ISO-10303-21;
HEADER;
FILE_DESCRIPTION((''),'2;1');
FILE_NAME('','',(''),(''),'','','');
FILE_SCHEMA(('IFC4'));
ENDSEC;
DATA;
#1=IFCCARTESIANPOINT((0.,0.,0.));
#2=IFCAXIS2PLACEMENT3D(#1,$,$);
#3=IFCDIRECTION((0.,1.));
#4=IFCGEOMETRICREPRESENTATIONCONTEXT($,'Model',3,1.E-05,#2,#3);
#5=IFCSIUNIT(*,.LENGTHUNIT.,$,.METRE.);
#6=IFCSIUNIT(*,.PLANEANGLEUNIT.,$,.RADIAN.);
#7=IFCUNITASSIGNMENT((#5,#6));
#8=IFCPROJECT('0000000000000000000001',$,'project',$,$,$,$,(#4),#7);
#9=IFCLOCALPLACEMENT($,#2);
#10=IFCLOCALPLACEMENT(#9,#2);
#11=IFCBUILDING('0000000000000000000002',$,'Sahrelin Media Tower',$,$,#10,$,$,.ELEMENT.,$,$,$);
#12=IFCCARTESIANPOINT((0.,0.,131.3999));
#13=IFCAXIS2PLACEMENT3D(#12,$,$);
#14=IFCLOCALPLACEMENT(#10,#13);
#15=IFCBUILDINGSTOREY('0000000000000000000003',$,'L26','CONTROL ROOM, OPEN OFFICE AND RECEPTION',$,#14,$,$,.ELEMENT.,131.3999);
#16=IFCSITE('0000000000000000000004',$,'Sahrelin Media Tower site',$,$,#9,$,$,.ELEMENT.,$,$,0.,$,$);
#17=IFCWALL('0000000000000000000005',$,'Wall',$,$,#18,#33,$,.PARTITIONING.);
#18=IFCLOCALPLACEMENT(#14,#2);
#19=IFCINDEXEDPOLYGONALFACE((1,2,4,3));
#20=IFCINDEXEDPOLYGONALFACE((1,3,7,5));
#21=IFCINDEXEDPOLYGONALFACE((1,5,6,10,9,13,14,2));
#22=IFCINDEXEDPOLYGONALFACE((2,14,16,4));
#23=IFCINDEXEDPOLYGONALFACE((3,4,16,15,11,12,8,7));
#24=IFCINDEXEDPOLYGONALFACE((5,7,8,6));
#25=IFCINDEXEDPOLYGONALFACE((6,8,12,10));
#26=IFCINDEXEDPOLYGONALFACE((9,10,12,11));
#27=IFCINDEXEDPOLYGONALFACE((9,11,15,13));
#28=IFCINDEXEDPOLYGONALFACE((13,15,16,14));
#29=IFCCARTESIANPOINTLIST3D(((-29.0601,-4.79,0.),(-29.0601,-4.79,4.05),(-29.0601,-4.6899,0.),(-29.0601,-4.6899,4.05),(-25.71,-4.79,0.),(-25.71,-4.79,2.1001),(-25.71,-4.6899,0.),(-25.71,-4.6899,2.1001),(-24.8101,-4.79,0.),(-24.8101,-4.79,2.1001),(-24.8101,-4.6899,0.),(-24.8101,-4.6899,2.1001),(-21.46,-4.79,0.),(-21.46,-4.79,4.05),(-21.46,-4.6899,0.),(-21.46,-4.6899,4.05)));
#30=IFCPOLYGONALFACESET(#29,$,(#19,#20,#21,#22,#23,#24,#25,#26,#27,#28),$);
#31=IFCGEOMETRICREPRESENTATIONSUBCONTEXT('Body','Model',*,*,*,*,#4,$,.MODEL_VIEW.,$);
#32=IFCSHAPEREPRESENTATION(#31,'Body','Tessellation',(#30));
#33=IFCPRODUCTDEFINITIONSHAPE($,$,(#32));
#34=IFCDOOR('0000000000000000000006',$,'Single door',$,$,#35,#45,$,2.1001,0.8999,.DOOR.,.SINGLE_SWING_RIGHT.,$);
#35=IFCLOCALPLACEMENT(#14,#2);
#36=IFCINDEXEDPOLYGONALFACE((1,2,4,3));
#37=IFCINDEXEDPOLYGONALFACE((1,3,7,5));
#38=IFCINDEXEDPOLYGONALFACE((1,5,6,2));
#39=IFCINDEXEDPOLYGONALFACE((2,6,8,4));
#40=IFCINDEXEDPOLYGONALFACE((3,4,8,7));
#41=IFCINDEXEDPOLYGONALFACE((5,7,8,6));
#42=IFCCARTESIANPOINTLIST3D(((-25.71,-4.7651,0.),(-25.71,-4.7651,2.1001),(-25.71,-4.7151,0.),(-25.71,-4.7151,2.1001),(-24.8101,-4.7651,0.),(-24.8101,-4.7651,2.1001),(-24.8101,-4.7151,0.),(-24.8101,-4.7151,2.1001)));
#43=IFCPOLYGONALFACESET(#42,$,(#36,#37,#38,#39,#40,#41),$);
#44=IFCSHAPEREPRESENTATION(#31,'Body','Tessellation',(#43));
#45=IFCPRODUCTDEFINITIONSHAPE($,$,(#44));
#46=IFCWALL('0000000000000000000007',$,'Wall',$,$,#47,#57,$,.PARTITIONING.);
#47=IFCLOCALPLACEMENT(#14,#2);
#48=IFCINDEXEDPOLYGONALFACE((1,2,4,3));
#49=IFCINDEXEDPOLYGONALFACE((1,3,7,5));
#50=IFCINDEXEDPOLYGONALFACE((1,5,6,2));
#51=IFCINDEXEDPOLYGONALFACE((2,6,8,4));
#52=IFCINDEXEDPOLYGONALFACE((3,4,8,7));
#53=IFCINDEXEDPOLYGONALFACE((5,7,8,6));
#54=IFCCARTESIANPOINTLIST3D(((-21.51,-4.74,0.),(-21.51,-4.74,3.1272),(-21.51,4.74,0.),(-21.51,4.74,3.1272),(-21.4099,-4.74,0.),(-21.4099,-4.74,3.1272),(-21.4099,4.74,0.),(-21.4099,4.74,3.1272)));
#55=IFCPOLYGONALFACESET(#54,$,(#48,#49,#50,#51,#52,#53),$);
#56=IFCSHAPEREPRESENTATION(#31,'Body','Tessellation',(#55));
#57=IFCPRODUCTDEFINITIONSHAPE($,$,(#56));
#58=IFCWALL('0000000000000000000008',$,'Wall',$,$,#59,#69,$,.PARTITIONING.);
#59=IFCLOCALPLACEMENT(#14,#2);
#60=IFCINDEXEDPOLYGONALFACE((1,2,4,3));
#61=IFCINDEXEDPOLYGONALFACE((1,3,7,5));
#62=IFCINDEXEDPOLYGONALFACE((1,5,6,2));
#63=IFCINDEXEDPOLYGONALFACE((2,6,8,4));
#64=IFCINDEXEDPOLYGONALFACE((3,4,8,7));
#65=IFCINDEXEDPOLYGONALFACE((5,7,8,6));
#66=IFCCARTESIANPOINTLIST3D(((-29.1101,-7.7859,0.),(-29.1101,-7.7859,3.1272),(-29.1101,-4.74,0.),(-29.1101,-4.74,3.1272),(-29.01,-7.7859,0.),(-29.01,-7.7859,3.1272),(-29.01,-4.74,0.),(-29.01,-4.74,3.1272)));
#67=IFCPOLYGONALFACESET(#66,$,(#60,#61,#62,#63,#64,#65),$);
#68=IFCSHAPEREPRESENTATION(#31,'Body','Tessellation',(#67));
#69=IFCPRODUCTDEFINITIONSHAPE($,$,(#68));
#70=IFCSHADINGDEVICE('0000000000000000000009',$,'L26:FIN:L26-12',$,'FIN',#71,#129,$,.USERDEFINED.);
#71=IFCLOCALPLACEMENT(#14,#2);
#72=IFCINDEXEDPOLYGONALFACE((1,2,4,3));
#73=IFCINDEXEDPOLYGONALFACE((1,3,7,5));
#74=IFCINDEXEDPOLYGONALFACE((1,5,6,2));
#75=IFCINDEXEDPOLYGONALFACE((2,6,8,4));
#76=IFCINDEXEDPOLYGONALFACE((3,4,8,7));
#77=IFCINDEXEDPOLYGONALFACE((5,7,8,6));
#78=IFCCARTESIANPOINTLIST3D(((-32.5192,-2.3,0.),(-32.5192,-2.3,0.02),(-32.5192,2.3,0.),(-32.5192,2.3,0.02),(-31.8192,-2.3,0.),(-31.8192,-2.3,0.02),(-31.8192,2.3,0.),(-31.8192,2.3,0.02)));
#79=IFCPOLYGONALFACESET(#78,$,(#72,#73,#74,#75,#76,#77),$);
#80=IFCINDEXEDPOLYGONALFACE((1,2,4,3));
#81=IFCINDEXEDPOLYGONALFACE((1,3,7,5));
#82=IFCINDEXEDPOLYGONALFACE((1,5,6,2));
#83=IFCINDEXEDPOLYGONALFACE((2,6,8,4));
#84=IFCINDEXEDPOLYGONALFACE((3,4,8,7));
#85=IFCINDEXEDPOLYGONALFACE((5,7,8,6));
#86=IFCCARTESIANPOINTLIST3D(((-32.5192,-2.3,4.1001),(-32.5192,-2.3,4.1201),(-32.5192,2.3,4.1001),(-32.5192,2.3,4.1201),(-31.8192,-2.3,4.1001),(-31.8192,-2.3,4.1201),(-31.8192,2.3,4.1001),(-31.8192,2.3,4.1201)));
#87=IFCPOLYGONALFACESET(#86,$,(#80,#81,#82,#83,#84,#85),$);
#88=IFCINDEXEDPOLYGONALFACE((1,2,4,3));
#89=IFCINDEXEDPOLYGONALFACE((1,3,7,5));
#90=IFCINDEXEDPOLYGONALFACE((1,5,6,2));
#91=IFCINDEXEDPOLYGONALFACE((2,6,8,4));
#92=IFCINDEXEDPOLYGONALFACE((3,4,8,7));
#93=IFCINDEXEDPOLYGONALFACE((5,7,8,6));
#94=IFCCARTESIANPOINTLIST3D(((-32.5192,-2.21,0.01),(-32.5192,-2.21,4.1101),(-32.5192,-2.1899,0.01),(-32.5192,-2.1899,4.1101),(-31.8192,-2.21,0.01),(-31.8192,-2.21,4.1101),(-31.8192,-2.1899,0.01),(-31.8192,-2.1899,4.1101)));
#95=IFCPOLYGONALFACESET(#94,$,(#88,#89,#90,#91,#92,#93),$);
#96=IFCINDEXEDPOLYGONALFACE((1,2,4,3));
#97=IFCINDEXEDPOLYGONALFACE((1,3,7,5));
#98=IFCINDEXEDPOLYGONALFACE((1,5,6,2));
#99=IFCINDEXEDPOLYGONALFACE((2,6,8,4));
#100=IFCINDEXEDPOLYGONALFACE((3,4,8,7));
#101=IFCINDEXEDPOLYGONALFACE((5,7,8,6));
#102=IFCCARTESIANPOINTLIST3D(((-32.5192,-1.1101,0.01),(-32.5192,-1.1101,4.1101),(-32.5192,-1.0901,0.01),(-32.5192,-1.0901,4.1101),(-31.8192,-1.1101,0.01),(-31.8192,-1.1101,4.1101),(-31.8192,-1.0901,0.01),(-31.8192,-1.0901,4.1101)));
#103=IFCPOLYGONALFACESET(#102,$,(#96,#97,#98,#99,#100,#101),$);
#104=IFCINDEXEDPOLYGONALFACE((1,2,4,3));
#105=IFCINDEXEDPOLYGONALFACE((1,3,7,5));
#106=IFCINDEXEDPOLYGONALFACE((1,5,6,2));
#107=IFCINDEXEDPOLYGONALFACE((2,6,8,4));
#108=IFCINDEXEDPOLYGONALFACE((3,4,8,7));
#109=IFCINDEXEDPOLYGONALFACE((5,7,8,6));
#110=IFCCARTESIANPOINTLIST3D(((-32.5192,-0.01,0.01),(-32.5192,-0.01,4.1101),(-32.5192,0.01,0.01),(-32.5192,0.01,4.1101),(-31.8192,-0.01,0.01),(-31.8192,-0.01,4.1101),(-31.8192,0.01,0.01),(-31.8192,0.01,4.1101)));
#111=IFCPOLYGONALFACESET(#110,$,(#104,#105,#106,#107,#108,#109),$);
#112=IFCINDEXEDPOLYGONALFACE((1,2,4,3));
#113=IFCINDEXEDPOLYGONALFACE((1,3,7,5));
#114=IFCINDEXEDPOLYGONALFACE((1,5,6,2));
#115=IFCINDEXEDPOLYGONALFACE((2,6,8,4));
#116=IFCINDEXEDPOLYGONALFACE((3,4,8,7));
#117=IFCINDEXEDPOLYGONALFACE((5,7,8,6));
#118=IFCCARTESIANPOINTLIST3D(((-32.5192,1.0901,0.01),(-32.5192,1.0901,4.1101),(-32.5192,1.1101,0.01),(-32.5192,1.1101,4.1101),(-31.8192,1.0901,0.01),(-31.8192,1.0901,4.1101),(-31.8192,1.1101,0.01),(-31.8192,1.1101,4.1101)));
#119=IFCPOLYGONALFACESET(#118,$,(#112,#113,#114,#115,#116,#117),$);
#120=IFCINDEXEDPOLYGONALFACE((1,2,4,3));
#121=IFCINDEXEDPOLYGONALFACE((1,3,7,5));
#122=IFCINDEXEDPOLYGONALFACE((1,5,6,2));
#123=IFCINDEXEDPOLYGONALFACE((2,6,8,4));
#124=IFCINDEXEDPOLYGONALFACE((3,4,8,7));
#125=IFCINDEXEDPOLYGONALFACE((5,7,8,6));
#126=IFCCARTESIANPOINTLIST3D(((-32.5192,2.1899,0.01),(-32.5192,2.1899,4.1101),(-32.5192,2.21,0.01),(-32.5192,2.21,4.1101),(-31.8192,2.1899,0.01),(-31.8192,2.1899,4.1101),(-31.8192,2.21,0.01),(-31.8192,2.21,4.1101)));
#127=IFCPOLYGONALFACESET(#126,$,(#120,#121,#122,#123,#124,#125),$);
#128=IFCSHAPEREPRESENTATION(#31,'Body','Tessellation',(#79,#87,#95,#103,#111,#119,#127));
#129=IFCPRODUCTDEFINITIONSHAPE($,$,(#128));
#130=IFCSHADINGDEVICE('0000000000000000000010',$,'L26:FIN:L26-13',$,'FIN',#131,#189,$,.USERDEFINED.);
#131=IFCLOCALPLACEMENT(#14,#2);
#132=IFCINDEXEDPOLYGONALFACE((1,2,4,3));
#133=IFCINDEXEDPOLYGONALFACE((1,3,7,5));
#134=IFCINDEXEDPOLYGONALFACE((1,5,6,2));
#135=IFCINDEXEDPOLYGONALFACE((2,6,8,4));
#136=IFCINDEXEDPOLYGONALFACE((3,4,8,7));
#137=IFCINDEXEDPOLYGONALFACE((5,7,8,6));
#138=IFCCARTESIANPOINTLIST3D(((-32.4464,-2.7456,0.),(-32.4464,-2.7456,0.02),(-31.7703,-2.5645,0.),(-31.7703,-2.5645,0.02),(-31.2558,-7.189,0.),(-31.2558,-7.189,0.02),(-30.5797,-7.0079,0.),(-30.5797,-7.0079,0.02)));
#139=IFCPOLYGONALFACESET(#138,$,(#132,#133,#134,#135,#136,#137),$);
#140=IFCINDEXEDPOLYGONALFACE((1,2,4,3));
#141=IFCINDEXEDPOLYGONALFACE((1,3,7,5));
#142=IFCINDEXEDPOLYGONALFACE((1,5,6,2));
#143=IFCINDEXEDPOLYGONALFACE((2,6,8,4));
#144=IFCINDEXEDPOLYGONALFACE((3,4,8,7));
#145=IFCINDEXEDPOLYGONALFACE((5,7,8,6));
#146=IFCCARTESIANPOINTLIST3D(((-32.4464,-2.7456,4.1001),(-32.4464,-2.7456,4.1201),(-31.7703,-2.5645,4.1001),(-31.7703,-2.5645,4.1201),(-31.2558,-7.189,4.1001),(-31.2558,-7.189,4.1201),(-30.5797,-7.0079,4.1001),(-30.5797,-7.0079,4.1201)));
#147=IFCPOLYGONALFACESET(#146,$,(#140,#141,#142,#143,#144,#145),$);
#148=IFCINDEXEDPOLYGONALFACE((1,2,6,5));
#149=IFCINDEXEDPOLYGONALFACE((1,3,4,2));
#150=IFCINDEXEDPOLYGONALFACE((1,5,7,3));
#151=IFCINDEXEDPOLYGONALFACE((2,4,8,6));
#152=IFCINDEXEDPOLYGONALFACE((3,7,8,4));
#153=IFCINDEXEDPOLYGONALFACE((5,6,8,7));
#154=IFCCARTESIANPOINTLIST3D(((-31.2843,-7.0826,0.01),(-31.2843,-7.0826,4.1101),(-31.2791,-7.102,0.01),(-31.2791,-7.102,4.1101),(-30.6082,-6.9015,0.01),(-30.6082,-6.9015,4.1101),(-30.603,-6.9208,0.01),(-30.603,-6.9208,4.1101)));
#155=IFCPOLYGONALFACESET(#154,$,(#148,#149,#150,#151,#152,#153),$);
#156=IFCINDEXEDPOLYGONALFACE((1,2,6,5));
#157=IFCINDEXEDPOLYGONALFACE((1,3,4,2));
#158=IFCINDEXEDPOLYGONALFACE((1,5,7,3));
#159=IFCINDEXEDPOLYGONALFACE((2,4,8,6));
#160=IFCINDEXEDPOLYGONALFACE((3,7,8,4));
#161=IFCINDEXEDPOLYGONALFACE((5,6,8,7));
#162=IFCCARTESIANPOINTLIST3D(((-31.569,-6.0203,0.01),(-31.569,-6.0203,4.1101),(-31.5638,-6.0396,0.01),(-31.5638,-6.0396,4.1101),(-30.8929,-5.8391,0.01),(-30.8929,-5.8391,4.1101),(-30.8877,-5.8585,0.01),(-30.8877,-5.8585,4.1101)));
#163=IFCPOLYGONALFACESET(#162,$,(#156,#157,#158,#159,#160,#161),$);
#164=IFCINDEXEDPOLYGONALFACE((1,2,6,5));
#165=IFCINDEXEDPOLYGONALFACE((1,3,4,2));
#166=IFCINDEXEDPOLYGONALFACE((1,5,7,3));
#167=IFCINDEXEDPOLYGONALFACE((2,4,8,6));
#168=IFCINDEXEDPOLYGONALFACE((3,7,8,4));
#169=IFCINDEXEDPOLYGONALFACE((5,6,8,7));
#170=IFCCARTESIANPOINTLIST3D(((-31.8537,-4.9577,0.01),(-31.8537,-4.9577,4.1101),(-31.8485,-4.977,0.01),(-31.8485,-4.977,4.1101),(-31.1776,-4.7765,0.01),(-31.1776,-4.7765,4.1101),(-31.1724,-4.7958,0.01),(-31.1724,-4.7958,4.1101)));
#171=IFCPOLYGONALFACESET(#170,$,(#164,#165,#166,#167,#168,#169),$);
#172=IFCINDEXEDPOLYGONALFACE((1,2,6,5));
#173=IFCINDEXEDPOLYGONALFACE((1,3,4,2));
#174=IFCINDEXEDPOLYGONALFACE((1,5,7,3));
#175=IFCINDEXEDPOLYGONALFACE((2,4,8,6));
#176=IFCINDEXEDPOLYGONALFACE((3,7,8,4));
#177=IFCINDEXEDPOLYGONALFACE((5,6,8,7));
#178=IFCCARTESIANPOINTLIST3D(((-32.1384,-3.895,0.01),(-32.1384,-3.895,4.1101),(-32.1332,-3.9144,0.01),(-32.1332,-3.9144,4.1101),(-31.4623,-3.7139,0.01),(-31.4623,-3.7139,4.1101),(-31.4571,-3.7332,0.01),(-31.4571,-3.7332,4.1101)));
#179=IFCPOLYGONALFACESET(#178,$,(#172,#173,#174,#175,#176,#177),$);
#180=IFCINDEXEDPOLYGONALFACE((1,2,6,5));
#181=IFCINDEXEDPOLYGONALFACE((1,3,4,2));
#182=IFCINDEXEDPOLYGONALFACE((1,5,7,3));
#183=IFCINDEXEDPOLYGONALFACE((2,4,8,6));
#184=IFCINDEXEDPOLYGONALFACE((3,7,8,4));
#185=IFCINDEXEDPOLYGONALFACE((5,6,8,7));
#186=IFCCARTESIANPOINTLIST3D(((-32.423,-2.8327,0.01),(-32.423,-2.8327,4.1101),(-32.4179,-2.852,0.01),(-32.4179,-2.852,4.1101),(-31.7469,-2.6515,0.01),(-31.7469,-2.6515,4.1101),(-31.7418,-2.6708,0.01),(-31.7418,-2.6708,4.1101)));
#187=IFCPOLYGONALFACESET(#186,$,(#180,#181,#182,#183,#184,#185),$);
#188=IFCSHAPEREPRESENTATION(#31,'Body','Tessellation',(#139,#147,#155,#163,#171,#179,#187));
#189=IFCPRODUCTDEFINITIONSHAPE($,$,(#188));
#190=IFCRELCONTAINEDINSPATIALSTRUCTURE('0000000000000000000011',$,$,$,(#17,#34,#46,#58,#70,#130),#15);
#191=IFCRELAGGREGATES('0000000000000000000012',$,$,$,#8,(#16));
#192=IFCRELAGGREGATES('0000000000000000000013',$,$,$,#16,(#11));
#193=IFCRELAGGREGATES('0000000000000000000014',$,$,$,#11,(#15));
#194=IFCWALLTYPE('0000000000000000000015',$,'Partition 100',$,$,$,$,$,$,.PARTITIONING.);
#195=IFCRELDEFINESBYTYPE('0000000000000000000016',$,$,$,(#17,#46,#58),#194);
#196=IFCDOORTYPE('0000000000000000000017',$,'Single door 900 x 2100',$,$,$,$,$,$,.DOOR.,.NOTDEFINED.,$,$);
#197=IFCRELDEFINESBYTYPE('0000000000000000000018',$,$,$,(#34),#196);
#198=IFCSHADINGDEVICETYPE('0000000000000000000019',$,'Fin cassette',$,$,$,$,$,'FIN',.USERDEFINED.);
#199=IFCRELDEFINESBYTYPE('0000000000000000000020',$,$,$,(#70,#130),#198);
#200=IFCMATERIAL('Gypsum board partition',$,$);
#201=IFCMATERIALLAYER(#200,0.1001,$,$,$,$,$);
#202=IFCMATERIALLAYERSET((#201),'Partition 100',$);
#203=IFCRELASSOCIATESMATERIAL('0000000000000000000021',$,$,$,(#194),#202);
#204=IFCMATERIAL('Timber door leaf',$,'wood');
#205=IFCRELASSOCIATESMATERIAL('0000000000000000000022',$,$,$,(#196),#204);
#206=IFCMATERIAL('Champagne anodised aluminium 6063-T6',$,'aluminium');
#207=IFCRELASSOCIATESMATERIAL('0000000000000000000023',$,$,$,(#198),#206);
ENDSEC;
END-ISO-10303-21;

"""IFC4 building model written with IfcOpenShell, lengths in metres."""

from ifc_helpers import new_model, si_unit, direction, frame, frame_2d, origin, origin_2d, place, context, subcontext, project, spatial, rectangle, extrude, material, layer, layer_set, type_object, element, fill, save


model = new_model("IFC4")

# Units and contexts
model_context = context("Model", 3, precision=1e-05, world=origin(), true_north=direction((0.0, 1.0)))
body_context = subcontext(model_context, "Body", "Model", "MODEL_VIEW")
ifc_project = project(units=[si_unit("LENGTHUNIT", "METRE"), si_unit("PLANEANGLEUNIT", "RADIAN")], contexts=[model_context])

# Site, building, storey
site_placement = place(None, origin())
site = spatial("IfcSite", under=ifc_project, at=site_placement, Name="Sahrelin Media Tower site", CompositionType="ELEMENT", RefElevation=0.0)
building_placement = place(site_placement, origin())
building = spatial("IfcBuilding", under=site, at=building_placement, Name="Sahrelin Media Tower", CompositionType="ELEMENT")
storey_placement = place(building_placement, frame((0.0, 0.0, 131.3999)))
storey = spatial("IfcBuildingStorey", under=building, at=storey_placement, Name="L26", Description="CONTROL ROOM, OPEN OFFICE AND RECEPTION", CompositionType="ELEMENT", Elevation=131.3999)

# Shared definitions
ifc_material_1 = material(Name="Champagne anodised aluminium 6063-T6", Category="aluminium")

# Wall, opening, door
ifc_material_2 = material(Name="Gypsum board partition")
ifc_layer_1 = layer(ifc_material_2, 0.1001)
ifc_layer_set_1 = layer_set([ifc_layer_1], Name="Partition 100")
wall_type_1 = type_object("IfcWallType", Name="Partition 100", PredefinedType="PARTITIONING", material=ifc_layer_set_1)
wall_1_placement = place(storey_placement, frame((-29.0601, -4.74, 0.0), z_axis=(0.0, 0.0, 1.0), x_axis=(1.0, 0.0, 0.0)))
wall_1 = element("IfcWall", 1, at=wall_1_placement, inside=storey, type_object=wall_type_1, Name="Wall", PredefinedType="PARTITIONING", context=body_context, shape_type="SweptSolid", body=[
    extrude(rectangle(XDim=7.6001, YDim=0.1001, at=frame_2d((3.8, 0.0))), origin(), (0.0, 0.0, 1.0), 4.05),
])
opening_placement = place(wall_1_placement, frame((3.3501, 0.0, 0.0)))
opening = element("IfcOpeningElement", 2, at=opening_placement, cuts=wall_1, PredefinedType="OPENING", context=body_context, shape_type="SweptSolid", body=[
    extrude(rectangle(XDim=0.8999, YDim=2.1001, at=frame_2d((0.45, 1.05))), frame((0.0, 0.05, 0.0), z_axis=(0.0, -1.0, 0.0), x_axis=(1.0, 0.0, 0.0)), (0.0, 0.0, 1.0), 0.1001),
])
ifc_material_3 = material(Name="Timber door leaf", Category="wood")
door_type = type_object("IfcDoorType", Name="Single door 900 x 2100", OperationType="NOTDEFINED", PredefinedType="DOOR", material=ifc_material_3)
door_placement = place(opening_placement, origin())
door = element("IfcDoor", 3, at=door_placement, inside=storey, type_object=door_type, Name="Single door", OperationType="SINGLE_SWING_RIGHT", OverallHeight=2.1001, OverallWidth=0.8999, PredefinedType="DOOR", context=body_context, shape_type="SweptSolid", body=[
    extrude(rectangle(XDim=0.8999, YDim=2.1001, at=frame_2d((0.45, 1.05))), frame((0.0, 0.0249, 0.0), z_axis=(0.0, -1.0, 0.0), x_axis=(1.0, 0.0, 0.0)), (0.0, 0.0, 1.0), 0.05),
])
fill(opening, door)

# Walls
wall_2_placement = place(storey_placement, frame((-21.46, -4.74, 0.0), z_axis=(0.0, 0.0, 1.0), x_axis=(0.0, 1.0, 0.0)))
element("IfcWall", 4, at=wall_2_placement, inside=storey, type_object=wall_type_1, Name="Wall", PredefinedType="PARTITIONING", context=body_context, shape_type="SweptSolid", body=[
    extrude(rectangle(XDim=9.48, YDim=0.1001, at=frame_2d((4.74, 0.0))), origin(), (0.0, 0.0, 1.0), 3.1272),
])
wall_3_placement = place(storey_placement, frame((-29.0601, -7.7859, 0.0), z_axis=(0.0, 0.0, 1.0), x_axis=(0.0, 1.0, 0.0)))
element("IfcWall", 5, at=wall_3_placement, inside=storey, type_object=wall_type_1, Name="Wall", PredefinedType="PARTITIONING", context=body_context, shape_type="SweptSolid", body=[
    extrude(rectangle(XDim=3.0459, YDim=0.1001, at=frame_2d((1.5229, 0.0))), origin(), (0.0, 0.0, 1.0), 3.1272),
])

# Shading devices
shading_device_type_1 = type_object("IfcShadingDeviceType", Name="Fin cassette", ElementType="FIN", PredefinedType="USERDEFINED", material=ifc_material_1)
placement_1 = place(storey_placement, frame((-31.7493, 0.0, 0.0), z_axis=(0.0, 0.0, 1.0), x_axis=(0.0, 1.0, 0.0)))
element("IfcShadingDevice", 6, at=placement_1, inside=storey, type_object=shading_device_type_1, Name="L26:FIN:L26-12", ObjectType="FIN", PredefinedType="USERDEFINED", context=body_context, shape_type="SweptSolid", body=[
    extrude(rectangle(XDim=4.6001, YDim=0.7, at=origin_2d()), frame((0.0, 0.4199, 0.0)), (0.0, 0.0, 1.0), 0.02),
    extrude(rectangle(XDim=4.6001, YDim=0.7, at=origin_2d()), frame((0.0, 0.4199, 4.1001)), (0.0, 0.0, 1.0), 0.02),
    extrude(rectangle(XDim=0.02, YDim=0.7, at=origin_2d()), frame((-2.2, 0.4199, 0.01), z_axis=(0.0, 0.0, 1.0), x_axis=(1.0, 0.0, 0.0)), (0.0, 0.0, 1.0), 4.1001),
    extrude(rectangle(XDim=0.02, YDim=0.7, at=origin_2d()), frame((-1.1001, 0.4199, 0.01), z_axis=(0.0, 0.0, 1.0), x_axis=(1.0, 0.0, 0.0)), (0.0, 0.0, 1.0), 4.1001),
    extrude(rectangle(XDim=0.02, YDim=0.7, at=origin_2d()), frame((0.0, 0.4199, 0.01), z_axis=(0.0, 0.0, 1.0), x_axis=(1.0, 0.0, 0.0)), (0.0, 0.0, 1.0), 4.1001),
    extrude(rectangle(XDim=0.02, YDim=0.7, at=origin_2d()), frame((1.1001, 0.4199, 0.01), z_axis=(0.0, 0.0, 1.0), x_axis=(1.0, 0.0, 0.0)), (0.0, 0.0, 1.0), 4.1001),
    extrude(rectangle(XDim=0.02, YDim=0.7, at=origin_2d()), frame((2.2, 0.4199, 0.01), z_axis=(0.0, 0.0, 1.0), x_axis=(1.0, 0.0, 0.0)), (0.0, 0.0, 1.0), 4.1001),
])
placement_2 = place(storey_placement, frame((-31.1074, -4.7681, 0.0), z_axis=(0.0, 0.0, 1.0), x_axis=(-0.258808, 0.965929, 0.0)))
element("IfcShadingDevice", 7, at=placement_2, inside=storey, type_object=shading_device_type_1, Name="L26:FIN:L26-13", ObjectType="FIN", PredefinedType="USERDEFINED", context=body_context, shape_type="SweptSolid", body=[
    extrude(rectangle(XDim=4.6001, YDim=0.7, at=origin_2d()), frame((0.0, 0.4199, 0.0)), (0.0, 0.0, 1.0), 0.02),
    extrude(rectangle(XDim=4.6001, YDim=0.7, at=origin_2d()), frame((0.0, 0.4199, 4.1001)), (0.0, 0.0, 1.0), 0.02),
    extrude(rectangle(XDim=0.02, YDim=0.7, at=origin_2d()), frame((-2.2, 0.4199, 0.01), z_axis=(0.0, 0.0, 1.0), x_axis=(1.0, 0.0, 0.0)), (0.0, 0.0, 1.0), 4.1001),
    extrude(rectangle(XDim=0.02, YDim=0.7, at=origin_2d()), frame((-1.1001, 0.4199, 0.01), z_axis=(0.0, 0.0, 1.0), x_axis=(1.0, 0.0, 0.0)), (0.0, 0.0, 1.0), 4.1001),
    extrude(rectangle(XDim=0.02, YDim=0.7, at=origin_2d()), frame((0.0, 0.4199, 0.01), z_axis=(0.0, 0.0, 1.0), x_axis=(1.0, 0.0, 0.0)), (0.0, 0.0, 1.0), 4.1001),
    extrude(rectangle(XDim=0.02, YDim=0.7, at=origin_2d()), frame((1.1001, 0.4199, 0.01), z_axis=(0.0, 0.0, 1.0), x_axis=(1.0, 0.0, 0.0)), (0.0, 0.0, 1.0), 4.1001),
    extrude(rectangle(XDim=0.02, YDim=0.7, at=origin_2d()), frame((2.2, 0.4199, 0.01), z_axis=(0.0, 0.0, 1.0), x_axis=(1.0, 0.0, 0.0)), (0.0, 0.0, 1.0), 4.1001),
])

save(model, "model.ifc")
